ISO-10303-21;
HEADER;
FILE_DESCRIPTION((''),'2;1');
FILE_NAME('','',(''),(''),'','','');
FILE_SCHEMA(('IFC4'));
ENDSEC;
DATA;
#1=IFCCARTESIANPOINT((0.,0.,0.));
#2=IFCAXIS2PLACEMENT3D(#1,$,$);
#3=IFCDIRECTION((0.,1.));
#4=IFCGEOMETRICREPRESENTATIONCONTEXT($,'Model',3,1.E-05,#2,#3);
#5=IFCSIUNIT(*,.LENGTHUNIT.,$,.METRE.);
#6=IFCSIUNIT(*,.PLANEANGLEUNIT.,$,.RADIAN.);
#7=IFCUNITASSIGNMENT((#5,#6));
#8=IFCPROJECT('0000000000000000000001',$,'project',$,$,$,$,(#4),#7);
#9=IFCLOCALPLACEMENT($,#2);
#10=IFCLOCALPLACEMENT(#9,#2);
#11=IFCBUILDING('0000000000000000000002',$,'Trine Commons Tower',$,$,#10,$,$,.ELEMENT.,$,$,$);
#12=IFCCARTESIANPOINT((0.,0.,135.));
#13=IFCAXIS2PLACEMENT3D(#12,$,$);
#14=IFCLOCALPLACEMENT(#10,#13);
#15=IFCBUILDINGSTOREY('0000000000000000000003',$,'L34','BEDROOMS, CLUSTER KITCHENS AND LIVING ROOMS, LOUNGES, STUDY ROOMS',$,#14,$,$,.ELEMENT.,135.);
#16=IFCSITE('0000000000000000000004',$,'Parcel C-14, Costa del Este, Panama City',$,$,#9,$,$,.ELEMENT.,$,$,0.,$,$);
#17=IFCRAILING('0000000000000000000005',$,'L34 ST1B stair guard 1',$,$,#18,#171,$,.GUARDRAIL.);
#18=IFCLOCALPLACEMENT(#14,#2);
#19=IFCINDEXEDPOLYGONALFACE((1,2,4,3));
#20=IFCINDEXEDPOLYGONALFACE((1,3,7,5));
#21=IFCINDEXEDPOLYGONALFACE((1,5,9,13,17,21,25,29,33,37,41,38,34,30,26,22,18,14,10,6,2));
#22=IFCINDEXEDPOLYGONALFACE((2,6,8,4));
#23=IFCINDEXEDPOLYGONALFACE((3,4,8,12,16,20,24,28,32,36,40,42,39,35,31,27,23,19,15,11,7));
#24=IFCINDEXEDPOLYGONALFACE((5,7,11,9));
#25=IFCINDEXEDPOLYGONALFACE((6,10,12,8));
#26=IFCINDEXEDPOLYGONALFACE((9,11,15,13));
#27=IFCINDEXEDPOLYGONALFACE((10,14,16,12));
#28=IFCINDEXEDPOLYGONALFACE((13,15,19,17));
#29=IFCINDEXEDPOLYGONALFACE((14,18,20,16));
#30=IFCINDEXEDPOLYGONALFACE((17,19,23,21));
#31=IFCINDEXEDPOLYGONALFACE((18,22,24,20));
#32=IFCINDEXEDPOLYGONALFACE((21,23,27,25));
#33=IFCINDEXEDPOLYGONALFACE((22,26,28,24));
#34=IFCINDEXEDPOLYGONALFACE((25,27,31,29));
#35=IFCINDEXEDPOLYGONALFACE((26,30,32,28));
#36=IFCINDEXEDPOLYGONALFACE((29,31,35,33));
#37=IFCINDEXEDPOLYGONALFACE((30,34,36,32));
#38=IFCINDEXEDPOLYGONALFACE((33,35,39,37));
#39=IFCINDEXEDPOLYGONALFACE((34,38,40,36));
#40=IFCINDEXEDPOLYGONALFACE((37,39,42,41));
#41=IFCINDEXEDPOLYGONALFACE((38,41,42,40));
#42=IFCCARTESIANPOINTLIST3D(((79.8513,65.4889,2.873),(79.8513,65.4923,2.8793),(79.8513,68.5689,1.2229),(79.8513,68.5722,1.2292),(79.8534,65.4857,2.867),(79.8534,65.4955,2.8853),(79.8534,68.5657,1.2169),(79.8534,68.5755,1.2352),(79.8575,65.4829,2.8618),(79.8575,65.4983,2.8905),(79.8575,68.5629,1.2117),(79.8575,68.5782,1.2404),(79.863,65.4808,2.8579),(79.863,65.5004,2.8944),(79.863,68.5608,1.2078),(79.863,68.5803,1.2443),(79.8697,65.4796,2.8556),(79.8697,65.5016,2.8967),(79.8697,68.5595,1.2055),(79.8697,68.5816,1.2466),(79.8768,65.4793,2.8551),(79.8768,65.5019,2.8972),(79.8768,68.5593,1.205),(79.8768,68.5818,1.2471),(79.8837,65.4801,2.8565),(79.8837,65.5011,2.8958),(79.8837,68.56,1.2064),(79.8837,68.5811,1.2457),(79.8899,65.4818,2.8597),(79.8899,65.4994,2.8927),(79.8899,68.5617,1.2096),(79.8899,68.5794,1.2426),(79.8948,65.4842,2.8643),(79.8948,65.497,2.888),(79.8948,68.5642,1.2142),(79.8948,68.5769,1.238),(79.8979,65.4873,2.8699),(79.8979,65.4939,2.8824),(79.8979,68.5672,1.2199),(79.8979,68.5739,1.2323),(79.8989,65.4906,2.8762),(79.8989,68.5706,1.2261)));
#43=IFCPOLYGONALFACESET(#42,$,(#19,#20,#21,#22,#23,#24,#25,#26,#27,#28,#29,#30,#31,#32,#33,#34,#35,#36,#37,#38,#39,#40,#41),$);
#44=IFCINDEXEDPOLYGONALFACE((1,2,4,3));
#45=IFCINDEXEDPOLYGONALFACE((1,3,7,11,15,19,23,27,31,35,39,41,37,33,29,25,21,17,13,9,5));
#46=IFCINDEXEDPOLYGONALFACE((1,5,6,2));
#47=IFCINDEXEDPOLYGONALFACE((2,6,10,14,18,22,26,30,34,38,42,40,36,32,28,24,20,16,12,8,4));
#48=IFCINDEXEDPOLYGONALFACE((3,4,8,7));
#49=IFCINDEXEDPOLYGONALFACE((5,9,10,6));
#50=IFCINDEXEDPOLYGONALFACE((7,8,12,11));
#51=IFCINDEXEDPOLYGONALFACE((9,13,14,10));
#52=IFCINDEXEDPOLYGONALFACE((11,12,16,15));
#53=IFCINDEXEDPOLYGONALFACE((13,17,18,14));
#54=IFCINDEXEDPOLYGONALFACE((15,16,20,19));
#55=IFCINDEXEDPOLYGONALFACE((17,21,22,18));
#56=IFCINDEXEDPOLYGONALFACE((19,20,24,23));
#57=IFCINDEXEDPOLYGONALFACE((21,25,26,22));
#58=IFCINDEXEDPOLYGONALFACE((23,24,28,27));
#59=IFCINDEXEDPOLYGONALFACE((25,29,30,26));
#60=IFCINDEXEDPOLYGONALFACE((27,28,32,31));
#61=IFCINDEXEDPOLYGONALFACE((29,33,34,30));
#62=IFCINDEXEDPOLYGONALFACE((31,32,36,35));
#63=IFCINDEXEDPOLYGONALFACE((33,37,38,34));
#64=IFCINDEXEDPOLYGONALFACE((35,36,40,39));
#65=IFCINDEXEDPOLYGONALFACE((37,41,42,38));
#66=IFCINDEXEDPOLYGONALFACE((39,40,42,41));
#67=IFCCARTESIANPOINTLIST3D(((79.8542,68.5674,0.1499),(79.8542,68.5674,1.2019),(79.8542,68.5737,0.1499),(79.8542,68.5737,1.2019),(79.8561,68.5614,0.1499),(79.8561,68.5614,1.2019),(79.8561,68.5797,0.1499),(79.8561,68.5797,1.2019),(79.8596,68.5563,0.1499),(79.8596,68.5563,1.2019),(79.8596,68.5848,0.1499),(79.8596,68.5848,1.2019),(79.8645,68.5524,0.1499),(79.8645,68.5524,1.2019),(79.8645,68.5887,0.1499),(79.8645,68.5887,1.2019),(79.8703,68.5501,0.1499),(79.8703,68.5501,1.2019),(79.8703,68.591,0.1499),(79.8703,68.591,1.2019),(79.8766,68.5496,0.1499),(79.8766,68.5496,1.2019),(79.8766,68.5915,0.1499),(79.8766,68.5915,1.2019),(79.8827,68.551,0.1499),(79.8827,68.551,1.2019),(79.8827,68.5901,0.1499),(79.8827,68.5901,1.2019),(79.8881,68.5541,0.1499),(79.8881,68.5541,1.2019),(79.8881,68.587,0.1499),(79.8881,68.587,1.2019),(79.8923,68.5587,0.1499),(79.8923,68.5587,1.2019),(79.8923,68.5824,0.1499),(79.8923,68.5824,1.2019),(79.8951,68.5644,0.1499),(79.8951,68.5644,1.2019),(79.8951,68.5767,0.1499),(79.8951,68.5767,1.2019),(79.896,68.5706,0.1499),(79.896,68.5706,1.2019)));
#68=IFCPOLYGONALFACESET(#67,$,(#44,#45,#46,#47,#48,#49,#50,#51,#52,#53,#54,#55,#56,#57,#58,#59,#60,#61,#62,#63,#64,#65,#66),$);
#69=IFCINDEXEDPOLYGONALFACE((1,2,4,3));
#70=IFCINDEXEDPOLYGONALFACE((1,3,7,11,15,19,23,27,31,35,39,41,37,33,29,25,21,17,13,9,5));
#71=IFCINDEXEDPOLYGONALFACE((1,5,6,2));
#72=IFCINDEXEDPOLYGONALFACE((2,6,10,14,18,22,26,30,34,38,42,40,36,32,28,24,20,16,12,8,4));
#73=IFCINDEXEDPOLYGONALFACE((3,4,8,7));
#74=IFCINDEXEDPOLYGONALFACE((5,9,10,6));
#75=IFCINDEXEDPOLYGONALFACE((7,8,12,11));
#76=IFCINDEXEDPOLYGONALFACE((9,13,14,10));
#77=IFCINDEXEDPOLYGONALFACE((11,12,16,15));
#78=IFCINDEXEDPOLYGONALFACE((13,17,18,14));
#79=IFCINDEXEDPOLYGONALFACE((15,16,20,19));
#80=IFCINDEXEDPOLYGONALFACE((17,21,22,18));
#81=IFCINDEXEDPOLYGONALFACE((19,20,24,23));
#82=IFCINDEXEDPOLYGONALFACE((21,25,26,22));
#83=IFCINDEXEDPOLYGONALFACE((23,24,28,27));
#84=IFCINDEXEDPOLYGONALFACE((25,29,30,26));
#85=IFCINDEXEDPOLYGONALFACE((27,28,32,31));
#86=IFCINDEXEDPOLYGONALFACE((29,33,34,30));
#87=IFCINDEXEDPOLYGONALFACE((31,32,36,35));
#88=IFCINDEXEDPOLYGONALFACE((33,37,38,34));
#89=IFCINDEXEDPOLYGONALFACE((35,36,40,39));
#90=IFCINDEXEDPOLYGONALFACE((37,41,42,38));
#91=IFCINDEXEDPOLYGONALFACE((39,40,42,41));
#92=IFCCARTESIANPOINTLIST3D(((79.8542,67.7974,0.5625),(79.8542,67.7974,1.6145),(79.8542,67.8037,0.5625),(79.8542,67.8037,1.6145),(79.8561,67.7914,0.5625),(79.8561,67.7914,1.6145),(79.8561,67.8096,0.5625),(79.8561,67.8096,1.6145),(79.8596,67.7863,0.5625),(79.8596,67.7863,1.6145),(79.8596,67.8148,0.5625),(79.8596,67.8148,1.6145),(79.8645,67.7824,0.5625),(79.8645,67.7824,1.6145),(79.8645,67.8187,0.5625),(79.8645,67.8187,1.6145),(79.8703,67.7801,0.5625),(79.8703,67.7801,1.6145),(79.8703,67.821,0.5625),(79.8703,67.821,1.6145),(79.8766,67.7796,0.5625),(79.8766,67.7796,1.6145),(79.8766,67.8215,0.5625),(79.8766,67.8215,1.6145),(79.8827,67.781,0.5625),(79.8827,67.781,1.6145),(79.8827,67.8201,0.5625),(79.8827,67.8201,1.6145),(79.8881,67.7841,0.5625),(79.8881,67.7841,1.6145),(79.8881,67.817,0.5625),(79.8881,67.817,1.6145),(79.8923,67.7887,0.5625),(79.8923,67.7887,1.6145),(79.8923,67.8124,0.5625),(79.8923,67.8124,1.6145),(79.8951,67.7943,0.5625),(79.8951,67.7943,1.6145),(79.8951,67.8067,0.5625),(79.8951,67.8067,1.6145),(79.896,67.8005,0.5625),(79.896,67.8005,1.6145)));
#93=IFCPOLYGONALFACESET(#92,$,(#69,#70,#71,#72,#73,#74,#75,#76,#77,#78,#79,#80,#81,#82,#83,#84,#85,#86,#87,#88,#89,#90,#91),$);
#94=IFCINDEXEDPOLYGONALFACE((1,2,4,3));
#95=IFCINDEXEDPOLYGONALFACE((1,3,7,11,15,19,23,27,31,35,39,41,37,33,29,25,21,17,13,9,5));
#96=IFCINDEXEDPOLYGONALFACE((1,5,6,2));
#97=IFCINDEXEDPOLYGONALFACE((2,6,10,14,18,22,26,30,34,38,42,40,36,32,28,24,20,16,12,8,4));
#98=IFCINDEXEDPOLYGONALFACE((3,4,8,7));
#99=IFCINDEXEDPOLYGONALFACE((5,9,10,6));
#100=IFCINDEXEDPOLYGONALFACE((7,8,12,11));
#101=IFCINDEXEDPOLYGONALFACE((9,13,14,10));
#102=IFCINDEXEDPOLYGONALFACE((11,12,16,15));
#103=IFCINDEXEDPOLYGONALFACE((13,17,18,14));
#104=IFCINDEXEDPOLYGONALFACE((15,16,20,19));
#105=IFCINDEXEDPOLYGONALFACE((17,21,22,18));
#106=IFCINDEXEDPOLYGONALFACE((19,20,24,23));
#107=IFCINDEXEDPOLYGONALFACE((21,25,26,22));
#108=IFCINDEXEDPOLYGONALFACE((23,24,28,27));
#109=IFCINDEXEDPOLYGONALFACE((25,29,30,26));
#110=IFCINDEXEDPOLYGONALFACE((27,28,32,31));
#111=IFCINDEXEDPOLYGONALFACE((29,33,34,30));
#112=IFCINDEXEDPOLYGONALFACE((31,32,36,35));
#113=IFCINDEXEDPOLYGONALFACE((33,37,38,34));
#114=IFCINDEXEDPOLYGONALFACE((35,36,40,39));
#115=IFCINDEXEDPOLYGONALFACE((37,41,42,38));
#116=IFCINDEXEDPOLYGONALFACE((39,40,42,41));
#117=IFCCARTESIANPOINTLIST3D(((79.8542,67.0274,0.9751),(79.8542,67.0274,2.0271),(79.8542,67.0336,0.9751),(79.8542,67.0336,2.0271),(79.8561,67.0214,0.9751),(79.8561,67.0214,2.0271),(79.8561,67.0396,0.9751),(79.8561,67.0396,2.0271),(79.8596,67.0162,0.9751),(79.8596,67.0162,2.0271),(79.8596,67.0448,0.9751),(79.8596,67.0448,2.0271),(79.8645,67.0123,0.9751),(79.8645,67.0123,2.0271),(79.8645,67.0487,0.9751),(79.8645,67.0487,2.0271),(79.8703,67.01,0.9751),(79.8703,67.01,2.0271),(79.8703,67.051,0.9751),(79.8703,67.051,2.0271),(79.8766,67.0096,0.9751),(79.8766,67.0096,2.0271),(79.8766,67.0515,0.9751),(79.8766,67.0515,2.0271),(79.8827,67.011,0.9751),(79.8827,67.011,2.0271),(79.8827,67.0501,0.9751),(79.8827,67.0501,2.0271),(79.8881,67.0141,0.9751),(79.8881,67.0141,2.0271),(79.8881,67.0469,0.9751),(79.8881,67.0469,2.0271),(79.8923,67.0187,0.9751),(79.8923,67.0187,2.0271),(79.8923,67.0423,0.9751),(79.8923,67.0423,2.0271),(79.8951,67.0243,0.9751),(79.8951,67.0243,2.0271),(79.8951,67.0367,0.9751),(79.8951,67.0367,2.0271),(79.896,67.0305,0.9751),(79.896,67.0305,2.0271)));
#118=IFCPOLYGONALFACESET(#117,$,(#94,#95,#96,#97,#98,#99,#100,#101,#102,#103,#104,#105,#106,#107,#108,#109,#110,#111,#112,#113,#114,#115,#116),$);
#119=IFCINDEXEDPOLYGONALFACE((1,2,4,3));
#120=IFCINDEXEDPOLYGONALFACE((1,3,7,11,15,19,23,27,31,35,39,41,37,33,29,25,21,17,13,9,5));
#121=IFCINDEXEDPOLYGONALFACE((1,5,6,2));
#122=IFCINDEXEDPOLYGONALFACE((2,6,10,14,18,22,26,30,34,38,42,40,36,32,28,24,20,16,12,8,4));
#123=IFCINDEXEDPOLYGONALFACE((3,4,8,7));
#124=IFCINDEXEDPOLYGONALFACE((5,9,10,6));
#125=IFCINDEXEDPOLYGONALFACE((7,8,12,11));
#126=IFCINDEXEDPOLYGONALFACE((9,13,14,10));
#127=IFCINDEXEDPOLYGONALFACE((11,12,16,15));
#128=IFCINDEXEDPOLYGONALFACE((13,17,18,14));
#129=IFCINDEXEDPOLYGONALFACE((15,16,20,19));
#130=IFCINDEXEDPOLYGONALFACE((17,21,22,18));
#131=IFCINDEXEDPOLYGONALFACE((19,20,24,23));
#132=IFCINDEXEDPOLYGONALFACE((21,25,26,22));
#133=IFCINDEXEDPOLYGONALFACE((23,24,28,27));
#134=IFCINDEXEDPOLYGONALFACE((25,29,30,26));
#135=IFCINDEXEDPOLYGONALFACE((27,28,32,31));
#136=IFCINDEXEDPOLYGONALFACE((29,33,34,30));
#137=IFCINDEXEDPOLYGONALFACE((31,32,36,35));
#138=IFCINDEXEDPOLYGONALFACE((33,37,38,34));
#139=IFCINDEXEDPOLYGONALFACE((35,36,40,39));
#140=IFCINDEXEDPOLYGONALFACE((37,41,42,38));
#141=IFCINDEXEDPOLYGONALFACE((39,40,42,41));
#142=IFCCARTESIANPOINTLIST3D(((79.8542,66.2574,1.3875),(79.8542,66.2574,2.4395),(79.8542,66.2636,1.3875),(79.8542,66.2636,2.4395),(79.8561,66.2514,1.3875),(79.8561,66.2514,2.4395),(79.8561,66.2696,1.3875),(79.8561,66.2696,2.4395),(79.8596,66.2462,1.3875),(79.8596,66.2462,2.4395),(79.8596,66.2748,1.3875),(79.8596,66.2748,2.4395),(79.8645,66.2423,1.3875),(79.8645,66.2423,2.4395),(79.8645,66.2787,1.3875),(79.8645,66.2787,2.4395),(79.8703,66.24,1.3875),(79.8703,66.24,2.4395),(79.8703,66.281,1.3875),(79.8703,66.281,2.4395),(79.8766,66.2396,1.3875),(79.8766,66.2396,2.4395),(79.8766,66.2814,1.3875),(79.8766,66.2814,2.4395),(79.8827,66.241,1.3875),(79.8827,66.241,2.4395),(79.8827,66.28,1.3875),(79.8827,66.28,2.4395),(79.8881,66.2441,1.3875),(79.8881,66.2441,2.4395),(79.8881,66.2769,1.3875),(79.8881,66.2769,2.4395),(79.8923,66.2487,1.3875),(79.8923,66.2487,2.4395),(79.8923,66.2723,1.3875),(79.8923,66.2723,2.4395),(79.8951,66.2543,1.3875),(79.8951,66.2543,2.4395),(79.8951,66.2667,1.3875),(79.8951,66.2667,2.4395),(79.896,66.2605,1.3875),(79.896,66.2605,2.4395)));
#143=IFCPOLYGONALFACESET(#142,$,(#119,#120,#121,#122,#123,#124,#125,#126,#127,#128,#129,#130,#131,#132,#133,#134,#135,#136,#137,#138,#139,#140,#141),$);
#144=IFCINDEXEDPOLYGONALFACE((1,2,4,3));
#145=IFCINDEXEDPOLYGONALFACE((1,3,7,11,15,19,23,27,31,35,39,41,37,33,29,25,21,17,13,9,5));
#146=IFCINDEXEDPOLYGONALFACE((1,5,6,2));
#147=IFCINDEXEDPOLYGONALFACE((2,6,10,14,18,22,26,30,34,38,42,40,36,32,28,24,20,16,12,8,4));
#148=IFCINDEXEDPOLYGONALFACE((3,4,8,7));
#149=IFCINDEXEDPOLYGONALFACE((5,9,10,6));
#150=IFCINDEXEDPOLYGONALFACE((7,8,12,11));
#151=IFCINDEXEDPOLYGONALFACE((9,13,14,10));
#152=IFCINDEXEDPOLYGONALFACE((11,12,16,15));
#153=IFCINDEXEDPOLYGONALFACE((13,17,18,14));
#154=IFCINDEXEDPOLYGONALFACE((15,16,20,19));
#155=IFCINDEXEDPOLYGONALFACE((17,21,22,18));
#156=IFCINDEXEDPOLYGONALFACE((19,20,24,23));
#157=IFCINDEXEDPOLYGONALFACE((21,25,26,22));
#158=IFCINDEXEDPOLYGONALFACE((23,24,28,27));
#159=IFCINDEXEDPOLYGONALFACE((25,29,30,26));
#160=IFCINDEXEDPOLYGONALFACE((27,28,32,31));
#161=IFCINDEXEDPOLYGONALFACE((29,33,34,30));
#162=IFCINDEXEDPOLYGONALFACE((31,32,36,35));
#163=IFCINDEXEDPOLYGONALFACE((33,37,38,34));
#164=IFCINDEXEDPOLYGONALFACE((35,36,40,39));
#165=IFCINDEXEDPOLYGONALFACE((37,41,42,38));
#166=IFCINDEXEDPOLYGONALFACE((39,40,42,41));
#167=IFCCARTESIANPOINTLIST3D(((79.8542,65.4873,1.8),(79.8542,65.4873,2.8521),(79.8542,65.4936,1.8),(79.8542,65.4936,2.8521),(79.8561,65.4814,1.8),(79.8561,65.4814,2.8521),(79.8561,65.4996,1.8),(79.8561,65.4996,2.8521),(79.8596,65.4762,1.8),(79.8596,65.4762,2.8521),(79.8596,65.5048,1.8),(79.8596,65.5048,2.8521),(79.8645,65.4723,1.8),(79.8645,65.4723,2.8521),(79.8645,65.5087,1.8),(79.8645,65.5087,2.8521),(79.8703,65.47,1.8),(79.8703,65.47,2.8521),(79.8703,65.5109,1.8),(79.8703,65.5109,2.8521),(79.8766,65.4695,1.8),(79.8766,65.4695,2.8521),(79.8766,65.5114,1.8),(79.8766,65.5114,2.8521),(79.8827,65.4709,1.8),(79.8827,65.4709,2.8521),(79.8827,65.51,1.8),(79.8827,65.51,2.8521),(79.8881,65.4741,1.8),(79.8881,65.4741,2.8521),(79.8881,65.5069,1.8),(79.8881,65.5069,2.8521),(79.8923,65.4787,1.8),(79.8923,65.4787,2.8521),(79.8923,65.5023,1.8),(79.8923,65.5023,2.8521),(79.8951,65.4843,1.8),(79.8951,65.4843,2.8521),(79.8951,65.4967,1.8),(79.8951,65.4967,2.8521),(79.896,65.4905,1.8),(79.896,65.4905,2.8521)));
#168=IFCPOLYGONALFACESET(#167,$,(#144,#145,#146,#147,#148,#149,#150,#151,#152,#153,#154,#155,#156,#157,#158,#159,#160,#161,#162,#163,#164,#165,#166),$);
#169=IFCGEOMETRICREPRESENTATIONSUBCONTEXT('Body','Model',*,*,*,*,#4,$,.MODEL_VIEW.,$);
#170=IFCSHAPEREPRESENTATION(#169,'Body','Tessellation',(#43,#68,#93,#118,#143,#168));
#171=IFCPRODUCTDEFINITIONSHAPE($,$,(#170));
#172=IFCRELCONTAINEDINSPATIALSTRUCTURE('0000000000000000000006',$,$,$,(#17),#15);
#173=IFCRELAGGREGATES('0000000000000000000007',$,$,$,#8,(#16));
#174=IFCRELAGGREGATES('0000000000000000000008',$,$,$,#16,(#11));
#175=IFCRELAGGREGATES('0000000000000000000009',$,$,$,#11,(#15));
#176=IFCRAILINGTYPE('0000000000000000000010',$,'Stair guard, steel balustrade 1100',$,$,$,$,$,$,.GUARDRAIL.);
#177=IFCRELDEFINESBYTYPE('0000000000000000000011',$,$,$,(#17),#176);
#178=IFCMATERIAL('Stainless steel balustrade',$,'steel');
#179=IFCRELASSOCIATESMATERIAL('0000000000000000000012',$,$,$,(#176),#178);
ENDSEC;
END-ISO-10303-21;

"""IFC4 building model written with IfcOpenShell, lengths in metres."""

from ifc_helpers import new_model, si_unit, direction, frame, origin, origin_2d, place, context, subcontext, project, spatial, circle, extrude, material, type_object, element, save


model = new_model("IFC4")

# Units and contexts
model_context = context("Model", 3, precision=1e-05, world=origin(), true_north=direction((0.0, 1.0)))
body_context = subcontext(model_context, "Body", "Model", "MODEL_VIEW")
ifc_project = project(units=[si_unit("LENGTHUNIT", "METRE"), si_unit("PLANEANGLEUNIT", "RADIAN")], contexts=[model_context])

# Site, building, storey
site_placement = place(None, origin())
site = spatial("IfcSite", under=ifc_project, at=site_placement, Name="Parcel C-14, Costa del Este, Panama City", CompositionType="ELEMENT", RefElevation=0.0)
building_placement = place(site_placement, origin())
building = spatial("IfcBuilding", under=site, at=building_placement, Name="Trine Commons Tower", CompositionType="ELEMENT")
storey_placement = place(building_placement, frame((0.0, 0.0, 135.0)))
storey = spatial("IfcBuildingStorey", under=building, at=storey_placement, Name="L34", Description="BEDROOMS, CLUSTER KITCHENS AND LIVING ROOMS, LOUNGES, STUDY ROOMS", CompositionType="ELEMENT", Elevation=135.0)

# Railing
ifc_material_1 = material(Name="Stainless steel balustrade", Category="steel")
railing_type_1 = type_object("IfcRailingType", Name="Stair guard, steel balustrade 1100", PredefinedType="GUARDRAIL", material=ifc_material_1)
railing_1_placement = place(storey_placement, frame((79.875, 68.5706, 0.1499)))
element("IfcRailing", 1, at=railing_1_placement, inside=storey, type_object=railing_type_1, Name="L34 ST1B stair guard 1", PredefinedType="GUARDRAIL", context=body_context, shape_type="SweptSolid", body=[
    extrude(circle(Radius=0.0239, at=origin_2d()), frame((0.0, 0.0, 1.0762), z_axis=(0.0, -0.881468, 0.472245), x_axis=(1.0, 0.0, 0.0)), (0.0, 0.0, 1.0), 3.4941),
    extrude(circle(Radius=0.021, at=origin_2d()), origin(), (0.0, 0.0, 1.0), 1.052),
    extrude(circle(Radius=0.021, at=origin_2d()), frame((0.0, -0.77, 0.4126)), (0.0, 0.0, 1.0), 1.052),
    extrude(circle(Radius=0.021, at=origin_2d()), frame((0.0, -1.54, 0.8252)), (0.0, 0.0, 1.0), 1.052),
    extrude(circle(Radius=0.021, at=origin_2d()), frame((0.0, -2.3101, 1.2375)), (0.0, 0.0, 1.0), 1.052),
    extrude(circle(Radius=0.021, at=origin_2d()), frame((0.0, -3.0801, 1.6501)), (0.0, 0.0, 1.0), 1.052),
])

save(model, "model.ifc")
